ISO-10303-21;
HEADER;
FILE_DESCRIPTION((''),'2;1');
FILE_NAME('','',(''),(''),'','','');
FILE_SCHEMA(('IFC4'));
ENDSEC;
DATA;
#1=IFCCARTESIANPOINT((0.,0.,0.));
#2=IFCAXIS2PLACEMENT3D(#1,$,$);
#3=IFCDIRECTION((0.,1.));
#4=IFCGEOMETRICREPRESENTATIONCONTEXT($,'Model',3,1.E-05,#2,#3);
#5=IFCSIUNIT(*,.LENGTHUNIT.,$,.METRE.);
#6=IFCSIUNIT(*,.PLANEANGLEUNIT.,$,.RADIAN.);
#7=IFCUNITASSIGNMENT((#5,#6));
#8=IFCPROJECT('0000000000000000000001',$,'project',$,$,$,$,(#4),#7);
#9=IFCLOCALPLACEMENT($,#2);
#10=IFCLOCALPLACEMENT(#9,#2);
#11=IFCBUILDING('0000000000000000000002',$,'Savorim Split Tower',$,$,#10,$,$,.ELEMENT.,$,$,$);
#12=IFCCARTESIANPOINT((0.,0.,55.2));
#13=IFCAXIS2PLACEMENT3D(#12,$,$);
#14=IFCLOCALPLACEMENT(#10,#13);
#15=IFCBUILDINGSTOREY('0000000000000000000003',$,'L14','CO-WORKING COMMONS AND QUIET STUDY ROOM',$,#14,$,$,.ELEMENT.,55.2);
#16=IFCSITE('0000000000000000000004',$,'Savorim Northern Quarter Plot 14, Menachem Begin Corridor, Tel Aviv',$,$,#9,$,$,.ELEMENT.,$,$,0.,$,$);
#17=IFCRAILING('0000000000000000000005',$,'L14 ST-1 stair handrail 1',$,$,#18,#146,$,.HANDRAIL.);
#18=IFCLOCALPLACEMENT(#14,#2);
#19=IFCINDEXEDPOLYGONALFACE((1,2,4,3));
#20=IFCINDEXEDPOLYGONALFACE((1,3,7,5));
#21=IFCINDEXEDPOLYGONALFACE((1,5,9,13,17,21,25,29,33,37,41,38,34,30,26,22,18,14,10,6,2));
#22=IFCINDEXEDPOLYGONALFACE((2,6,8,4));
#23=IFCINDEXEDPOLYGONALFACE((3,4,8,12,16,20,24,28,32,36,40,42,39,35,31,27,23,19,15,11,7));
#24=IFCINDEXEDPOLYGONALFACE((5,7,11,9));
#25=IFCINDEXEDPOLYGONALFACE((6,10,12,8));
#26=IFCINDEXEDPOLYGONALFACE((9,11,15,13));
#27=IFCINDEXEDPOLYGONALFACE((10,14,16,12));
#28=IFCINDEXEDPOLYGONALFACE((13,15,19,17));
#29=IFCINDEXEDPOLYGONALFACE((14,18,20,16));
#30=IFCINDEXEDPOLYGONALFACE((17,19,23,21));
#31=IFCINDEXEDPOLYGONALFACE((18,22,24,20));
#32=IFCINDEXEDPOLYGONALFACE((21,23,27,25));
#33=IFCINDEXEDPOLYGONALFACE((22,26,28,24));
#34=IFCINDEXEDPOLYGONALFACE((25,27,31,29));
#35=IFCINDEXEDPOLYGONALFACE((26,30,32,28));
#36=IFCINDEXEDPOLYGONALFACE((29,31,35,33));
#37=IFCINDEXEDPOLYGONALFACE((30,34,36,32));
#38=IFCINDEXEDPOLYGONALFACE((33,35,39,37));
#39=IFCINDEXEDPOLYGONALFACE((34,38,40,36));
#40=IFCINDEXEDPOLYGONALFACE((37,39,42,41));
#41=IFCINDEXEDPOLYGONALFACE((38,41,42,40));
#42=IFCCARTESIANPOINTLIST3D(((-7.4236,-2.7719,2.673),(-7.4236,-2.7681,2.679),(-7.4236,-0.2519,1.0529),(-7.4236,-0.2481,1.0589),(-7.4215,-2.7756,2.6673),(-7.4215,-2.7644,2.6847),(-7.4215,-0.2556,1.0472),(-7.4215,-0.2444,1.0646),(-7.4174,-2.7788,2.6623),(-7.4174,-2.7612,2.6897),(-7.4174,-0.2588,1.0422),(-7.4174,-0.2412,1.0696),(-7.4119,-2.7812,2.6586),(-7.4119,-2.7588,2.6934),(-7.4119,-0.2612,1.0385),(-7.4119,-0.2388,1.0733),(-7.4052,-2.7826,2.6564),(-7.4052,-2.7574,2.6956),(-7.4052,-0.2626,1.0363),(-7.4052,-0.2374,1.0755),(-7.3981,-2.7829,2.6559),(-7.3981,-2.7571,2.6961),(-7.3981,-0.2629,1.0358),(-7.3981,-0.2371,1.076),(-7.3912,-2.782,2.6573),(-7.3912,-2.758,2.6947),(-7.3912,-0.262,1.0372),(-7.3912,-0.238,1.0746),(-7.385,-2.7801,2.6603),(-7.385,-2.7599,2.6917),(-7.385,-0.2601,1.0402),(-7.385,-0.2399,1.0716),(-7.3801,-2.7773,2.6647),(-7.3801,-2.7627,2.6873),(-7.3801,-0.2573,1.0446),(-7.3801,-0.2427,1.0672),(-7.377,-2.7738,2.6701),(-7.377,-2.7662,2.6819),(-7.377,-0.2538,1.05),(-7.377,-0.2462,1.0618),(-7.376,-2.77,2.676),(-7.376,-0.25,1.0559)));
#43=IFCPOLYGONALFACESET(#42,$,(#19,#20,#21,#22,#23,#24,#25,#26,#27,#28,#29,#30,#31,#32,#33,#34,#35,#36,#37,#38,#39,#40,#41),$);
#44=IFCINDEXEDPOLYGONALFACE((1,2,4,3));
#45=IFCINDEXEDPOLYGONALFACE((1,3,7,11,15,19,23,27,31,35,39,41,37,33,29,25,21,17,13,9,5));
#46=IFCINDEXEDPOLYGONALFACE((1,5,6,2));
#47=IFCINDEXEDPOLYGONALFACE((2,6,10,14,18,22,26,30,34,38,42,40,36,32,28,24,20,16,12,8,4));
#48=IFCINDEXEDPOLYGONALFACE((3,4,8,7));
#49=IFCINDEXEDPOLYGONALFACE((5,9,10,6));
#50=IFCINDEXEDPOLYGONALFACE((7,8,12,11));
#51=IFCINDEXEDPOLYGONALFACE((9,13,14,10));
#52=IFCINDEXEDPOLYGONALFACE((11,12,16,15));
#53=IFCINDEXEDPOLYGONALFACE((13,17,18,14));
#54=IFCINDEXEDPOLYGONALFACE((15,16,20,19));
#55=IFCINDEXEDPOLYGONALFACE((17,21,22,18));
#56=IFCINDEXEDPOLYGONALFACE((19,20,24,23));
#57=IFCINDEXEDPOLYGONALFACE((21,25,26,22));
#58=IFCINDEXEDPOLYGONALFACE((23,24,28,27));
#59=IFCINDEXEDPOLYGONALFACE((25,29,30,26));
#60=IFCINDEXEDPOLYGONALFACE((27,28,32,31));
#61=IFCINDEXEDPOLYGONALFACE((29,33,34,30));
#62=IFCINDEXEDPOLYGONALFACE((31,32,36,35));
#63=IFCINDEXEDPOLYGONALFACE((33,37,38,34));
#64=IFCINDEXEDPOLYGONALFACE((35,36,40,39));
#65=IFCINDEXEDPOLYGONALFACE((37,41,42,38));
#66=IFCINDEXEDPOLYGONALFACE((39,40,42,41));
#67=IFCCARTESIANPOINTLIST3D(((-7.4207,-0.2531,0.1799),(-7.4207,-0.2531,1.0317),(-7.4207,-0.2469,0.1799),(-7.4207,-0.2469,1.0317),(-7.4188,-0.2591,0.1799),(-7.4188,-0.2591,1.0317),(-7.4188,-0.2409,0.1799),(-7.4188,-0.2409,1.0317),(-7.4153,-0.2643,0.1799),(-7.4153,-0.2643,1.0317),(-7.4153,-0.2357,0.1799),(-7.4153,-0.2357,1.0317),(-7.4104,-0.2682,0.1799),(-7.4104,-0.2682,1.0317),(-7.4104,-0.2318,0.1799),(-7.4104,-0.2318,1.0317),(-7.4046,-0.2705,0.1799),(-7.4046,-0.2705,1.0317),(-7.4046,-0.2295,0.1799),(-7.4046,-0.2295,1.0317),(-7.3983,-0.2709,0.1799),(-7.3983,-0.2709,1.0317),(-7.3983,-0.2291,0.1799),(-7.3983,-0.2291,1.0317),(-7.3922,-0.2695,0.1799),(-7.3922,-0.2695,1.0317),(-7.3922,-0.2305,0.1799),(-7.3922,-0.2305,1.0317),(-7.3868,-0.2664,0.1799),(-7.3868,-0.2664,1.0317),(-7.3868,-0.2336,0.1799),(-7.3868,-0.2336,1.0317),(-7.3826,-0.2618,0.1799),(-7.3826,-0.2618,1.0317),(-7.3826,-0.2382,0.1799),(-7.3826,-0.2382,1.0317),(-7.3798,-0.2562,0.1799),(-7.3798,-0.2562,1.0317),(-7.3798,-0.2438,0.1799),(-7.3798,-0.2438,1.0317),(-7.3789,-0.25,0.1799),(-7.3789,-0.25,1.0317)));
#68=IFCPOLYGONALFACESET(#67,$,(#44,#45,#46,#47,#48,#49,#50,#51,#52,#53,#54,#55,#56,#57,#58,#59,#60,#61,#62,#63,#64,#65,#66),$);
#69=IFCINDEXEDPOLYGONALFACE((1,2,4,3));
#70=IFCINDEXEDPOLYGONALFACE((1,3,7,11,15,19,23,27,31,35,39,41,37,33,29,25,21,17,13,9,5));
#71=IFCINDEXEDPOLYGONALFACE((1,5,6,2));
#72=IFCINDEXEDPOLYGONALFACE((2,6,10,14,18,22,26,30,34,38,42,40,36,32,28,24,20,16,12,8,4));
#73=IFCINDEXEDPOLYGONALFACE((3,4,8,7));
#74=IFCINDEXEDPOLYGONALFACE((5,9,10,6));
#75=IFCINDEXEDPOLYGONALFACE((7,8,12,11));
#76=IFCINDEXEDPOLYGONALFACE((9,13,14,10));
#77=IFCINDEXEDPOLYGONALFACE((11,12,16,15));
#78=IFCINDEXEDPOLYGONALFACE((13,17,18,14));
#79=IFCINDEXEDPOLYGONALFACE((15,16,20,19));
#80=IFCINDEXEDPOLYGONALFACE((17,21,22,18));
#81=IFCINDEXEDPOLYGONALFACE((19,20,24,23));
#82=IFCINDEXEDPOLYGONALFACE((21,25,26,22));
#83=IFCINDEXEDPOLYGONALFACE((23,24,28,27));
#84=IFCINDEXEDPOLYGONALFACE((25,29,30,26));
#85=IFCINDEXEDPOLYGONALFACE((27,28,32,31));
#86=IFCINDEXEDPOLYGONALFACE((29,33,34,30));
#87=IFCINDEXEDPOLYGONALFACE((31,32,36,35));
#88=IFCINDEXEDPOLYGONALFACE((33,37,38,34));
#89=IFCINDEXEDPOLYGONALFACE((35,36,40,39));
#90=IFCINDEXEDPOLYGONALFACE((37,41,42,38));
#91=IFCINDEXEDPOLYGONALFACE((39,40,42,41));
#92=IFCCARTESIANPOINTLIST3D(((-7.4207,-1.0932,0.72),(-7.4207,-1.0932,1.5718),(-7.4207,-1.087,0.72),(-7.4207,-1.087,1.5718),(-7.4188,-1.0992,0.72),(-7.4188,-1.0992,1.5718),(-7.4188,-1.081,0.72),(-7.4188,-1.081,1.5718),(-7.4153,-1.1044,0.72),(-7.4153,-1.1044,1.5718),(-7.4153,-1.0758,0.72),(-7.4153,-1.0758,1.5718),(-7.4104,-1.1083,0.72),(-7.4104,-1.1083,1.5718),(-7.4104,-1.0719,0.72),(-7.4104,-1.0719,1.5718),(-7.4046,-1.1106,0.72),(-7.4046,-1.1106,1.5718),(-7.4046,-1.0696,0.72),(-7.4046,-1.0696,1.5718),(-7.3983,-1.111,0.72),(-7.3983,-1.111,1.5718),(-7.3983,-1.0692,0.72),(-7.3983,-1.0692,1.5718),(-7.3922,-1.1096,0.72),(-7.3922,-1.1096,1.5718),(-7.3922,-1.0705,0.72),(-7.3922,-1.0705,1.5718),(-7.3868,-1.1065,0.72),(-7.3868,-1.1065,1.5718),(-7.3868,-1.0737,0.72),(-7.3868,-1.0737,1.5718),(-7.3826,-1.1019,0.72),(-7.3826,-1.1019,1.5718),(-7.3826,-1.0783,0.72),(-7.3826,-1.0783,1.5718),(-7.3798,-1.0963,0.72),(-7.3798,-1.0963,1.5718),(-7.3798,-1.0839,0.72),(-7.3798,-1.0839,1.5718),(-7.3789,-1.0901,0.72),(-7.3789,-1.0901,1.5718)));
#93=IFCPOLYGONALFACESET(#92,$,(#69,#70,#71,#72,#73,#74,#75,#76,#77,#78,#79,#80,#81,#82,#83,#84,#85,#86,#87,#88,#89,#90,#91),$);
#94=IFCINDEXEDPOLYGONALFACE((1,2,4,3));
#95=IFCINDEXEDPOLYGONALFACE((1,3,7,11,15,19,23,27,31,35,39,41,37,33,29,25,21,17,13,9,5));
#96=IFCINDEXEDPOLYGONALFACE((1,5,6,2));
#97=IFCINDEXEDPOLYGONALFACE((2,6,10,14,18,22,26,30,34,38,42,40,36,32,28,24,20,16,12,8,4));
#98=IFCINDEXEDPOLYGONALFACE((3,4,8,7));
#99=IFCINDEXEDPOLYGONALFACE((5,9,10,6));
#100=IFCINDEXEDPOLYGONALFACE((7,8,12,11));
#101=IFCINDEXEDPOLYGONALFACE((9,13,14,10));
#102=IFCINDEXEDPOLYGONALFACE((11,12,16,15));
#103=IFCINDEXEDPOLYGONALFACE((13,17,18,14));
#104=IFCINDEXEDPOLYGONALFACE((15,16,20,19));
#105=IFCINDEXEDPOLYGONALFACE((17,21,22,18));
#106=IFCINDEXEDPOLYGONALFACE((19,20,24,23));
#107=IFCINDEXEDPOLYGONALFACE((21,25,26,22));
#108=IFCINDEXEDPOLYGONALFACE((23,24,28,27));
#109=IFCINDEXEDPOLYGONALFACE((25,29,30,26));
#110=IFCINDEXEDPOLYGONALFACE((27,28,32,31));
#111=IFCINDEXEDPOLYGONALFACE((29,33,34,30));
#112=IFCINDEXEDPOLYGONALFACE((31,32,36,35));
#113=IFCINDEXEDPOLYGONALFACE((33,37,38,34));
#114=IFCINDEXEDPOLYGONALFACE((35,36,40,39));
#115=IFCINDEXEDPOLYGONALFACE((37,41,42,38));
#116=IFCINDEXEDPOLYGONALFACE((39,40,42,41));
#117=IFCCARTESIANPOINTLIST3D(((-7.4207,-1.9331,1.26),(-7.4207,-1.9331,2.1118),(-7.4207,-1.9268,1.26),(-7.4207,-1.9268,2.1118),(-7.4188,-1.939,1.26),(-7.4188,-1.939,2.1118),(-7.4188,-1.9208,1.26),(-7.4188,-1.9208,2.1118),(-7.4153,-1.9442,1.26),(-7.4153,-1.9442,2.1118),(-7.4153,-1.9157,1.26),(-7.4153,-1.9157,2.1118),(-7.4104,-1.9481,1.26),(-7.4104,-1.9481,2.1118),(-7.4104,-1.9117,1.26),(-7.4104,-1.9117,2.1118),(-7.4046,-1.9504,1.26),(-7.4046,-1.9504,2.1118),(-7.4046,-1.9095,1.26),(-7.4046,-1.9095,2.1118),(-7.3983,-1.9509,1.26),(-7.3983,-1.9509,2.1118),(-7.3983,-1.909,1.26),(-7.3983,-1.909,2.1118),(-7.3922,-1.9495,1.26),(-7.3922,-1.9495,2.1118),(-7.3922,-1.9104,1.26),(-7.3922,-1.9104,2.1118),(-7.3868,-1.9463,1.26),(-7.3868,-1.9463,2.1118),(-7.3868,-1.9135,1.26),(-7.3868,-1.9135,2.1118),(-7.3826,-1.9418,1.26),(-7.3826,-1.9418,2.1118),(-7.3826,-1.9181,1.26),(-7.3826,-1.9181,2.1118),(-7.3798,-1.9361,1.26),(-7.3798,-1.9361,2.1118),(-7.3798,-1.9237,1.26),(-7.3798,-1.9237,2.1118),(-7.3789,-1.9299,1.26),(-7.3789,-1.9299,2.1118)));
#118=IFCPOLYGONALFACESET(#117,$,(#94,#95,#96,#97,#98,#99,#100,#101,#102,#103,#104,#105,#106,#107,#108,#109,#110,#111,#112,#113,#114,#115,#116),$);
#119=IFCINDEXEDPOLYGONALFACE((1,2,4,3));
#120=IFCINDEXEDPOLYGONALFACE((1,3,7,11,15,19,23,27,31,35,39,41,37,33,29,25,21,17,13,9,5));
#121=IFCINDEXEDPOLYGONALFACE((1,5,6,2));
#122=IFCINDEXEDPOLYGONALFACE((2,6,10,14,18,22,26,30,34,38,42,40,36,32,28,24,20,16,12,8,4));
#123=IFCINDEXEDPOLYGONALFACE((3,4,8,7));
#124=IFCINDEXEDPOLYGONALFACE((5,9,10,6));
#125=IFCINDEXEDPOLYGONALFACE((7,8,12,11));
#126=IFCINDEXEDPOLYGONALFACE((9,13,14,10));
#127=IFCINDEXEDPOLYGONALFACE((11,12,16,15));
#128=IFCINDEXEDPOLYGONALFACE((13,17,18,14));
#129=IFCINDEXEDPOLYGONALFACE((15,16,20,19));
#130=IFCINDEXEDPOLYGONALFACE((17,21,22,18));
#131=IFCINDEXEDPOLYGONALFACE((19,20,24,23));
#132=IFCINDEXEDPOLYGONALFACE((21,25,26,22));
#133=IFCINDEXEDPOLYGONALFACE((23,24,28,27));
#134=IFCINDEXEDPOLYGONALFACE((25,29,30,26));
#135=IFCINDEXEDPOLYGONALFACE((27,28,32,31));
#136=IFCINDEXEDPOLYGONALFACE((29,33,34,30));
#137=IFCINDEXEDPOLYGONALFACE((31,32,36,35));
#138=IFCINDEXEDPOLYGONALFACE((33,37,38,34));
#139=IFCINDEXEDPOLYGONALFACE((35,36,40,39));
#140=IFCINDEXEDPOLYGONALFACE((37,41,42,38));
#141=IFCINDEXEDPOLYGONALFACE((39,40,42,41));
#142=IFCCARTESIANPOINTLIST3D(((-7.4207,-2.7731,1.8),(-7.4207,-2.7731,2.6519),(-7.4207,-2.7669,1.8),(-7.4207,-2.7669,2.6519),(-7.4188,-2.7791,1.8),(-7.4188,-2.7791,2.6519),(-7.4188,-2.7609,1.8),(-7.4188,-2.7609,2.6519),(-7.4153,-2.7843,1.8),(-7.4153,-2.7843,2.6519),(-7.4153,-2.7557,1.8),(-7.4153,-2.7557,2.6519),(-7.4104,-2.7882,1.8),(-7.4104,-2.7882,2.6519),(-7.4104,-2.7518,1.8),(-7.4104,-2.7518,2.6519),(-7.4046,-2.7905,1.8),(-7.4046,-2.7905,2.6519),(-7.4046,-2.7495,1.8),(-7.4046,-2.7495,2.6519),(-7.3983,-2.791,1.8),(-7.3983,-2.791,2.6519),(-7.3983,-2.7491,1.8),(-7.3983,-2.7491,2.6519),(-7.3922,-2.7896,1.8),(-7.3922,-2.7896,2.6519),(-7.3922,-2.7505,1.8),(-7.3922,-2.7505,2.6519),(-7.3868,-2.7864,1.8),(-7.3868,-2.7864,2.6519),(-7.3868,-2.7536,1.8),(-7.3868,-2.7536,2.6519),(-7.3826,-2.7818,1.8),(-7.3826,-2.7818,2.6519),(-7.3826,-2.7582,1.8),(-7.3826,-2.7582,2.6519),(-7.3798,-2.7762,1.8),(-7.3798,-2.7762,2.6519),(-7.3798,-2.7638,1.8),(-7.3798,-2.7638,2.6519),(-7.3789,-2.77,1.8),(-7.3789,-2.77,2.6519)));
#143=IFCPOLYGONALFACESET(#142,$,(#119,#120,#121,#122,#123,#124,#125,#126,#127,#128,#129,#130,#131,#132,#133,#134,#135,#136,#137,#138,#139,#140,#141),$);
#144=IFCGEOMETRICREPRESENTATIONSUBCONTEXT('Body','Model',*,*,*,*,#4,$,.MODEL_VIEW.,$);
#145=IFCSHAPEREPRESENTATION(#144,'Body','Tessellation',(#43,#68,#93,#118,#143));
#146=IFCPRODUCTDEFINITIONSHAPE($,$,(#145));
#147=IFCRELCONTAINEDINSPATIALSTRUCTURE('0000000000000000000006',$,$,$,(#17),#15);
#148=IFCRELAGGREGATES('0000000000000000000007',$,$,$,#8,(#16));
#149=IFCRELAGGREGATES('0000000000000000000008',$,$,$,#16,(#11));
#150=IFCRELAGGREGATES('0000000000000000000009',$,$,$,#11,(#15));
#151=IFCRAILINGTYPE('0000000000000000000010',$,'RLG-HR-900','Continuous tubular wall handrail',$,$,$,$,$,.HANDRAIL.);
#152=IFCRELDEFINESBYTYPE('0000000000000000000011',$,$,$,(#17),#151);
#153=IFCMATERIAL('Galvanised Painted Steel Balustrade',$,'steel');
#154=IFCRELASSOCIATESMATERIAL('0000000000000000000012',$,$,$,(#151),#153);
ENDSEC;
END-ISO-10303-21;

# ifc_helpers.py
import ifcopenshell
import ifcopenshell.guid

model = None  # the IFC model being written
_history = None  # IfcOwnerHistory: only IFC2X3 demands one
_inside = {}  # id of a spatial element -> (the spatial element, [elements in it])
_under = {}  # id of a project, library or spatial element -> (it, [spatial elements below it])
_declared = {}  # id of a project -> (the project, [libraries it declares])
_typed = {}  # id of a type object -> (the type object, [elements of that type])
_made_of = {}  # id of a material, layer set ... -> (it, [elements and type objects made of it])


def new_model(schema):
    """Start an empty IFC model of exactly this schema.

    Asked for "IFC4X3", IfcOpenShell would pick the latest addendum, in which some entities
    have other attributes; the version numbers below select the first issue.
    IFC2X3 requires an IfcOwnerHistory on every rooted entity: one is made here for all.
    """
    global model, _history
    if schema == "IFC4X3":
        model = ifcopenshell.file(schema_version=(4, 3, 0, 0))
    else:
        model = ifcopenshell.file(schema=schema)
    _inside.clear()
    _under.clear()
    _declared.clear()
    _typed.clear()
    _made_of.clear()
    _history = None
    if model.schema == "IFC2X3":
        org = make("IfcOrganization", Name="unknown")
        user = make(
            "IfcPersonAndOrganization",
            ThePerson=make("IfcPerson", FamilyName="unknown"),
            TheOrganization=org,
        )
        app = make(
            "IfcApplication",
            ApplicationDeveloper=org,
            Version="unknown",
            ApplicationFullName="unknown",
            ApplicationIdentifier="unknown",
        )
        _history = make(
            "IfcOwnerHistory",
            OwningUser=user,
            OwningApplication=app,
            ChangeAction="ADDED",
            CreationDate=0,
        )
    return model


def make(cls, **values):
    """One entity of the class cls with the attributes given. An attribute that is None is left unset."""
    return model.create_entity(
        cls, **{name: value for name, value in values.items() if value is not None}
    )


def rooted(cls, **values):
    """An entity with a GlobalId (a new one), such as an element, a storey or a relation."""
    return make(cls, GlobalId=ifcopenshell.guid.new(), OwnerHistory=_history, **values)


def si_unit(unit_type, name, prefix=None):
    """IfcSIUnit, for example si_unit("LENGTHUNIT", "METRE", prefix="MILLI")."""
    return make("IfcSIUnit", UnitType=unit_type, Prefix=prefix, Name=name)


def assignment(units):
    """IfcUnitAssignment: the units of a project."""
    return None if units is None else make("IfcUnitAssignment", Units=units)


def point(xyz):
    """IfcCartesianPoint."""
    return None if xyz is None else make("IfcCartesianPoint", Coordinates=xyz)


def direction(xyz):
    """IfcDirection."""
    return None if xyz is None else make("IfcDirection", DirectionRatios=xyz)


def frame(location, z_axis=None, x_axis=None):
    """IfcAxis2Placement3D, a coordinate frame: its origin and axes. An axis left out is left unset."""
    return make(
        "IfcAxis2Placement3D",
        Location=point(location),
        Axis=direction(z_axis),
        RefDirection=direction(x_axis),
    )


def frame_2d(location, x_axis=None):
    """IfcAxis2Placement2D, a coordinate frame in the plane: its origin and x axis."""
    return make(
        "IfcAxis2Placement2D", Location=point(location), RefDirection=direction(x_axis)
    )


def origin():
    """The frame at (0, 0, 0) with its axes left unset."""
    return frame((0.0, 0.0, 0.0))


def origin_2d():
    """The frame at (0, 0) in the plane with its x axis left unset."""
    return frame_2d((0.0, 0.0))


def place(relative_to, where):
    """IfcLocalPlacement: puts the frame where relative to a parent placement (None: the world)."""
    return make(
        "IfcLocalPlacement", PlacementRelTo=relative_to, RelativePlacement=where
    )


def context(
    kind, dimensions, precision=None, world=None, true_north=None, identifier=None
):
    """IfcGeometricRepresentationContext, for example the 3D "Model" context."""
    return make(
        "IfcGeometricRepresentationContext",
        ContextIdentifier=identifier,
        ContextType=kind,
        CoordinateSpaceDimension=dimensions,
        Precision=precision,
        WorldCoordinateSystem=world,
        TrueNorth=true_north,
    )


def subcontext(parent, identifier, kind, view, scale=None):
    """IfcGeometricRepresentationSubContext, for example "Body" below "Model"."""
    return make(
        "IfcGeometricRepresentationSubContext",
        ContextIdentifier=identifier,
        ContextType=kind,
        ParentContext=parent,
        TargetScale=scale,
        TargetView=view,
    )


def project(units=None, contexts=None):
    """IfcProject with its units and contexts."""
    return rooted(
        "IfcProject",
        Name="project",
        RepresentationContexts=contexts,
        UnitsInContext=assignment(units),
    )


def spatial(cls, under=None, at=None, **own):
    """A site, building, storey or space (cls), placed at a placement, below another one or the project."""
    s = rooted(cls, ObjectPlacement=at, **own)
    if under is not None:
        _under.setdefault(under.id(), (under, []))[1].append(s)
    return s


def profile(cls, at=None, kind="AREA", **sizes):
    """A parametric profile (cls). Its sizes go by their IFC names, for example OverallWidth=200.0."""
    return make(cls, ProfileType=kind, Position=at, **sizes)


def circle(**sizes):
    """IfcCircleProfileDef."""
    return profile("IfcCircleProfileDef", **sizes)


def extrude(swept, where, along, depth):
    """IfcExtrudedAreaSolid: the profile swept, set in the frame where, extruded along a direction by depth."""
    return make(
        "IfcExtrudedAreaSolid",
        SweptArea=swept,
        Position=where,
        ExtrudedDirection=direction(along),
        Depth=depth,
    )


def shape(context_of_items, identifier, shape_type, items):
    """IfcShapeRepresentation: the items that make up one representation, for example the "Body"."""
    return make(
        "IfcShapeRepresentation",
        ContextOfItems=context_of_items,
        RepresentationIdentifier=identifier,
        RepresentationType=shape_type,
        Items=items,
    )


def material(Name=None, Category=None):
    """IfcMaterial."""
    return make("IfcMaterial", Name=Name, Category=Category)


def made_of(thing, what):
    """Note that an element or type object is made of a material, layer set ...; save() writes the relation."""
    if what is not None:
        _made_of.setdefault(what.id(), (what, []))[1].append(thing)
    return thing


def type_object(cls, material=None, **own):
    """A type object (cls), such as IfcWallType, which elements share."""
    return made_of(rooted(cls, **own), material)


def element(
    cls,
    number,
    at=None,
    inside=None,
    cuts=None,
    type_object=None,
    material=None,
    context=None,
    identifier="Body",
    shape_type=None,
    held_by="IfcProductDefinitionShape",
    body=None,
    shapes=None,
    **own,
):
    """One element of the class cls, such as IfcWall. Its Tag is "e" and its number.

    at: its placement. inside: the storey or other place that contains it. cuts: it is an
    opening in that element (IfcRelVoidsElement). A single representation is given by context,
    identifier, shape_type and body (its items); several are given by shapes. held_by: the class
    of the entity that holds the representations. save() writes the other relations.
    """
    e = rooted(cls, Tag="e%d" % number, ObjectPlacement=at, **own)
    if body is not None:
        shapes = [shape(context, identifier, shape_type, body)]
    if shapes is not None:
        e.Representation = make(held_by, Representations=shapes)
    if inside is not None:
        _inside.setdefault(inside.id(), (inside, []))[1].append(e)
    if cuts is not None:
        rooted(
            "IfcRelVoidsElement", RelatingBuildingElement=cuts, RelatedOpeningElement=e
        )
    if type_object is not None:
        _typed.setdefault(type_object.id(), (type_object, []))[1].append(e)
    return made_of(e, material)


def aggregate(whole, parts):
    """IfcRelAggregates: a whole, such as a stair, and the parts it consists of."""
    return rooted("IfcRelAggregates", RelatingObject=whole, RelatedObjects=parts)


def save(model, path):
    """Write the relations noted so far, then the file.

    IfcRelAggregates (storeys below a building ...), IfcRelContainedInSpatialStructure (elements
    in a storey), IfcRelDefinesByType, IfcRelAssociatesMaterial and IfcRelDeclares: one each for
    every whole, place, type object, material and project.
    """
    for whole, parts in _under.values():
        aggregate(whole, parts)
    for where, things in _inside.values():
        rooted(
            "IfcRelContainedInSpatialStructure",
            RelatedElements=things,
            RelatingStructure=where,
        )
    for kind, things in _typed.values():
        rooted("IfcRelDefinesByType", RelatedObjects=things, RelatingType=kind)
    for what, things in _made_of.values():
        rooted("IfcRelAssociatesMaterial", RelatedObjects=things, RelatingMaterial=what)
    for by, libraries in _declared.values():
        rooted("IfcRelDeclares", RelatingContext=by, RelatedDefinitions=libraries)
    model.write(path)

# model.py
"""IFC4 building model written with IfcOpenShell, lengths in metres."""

from ifc_helpers import new_model, si_unit, direction, frame, origin, origin_2d, place, context, subcontext, project, spatial, circle, extrude, material, type_object, element, save


model = new_model("IFC4")

# Units and contexts
model_context = context("Model", 3, precision=1e-05, world=origin(), true_north=direction((0.0, 1.0)))
body_context = subcontext(model_context, "Body", "Model", "MODEL_VIEW")
ifc_project = project(units=[si_unit("LENGTHUNIT", "METRE"), si_unit("PLANEANGLEUNIT", "RADIAN")], contexts=[model_context])

# Site, building, storey
site_placement = place(None, origin())
site = spatial("IfcSite", under=ifc_project, at=site_placement, Name="Savorim Northern Quarter Plot 14, Menachem Begin Corridor, Tel Aviv", CompositionType="ELEMENT", RefElevation=0.0)
building_placement = place(site_placement, origin())
building = spatial("IfcBuilding", under=site, at=building_placement, Name="Savorim Split Tower", CompositionType="ELEMENT")
storey_placement = place(building_placement, frame((0.0, 0.0, 55.2)))
storey = spatial("IfcBuildingStorey", under=building, at=storey_placement, Name="L14", Description="CO-WORKING COMMONS AND QUIET STUDY ROOM", CompositionType="ELEMENT", Elevation=55.2)

# Railing
ifc_material_1 = material(Name="Galvanised Painted Steel Balustrade", Category="steel")
railing_type_1 = type_object("IfcRailingType", Name="RLG-HR-900", Description="Continuous tubular wall handrail", PredefinedType="HANDRAIL", material=ifc_material_1)
railing_1_placement = place(storey_placement, frame((-7.3999, -0.25, 0.1799)))
element("IfcRailing", 1, at=railing_1_placement, inside=storey, type_object=railing_type_1, Name="L14 ST-1 stair handrail 1", PredefinedType="HANDRAIL", context=body_context, shape_type="SweptSolid", body=[
    extrude(circle(Radius=0.0239, at=origin_2d()), frame((0.0, 0.0, 0.876), z_axis=(0.0, -0.841163, 0.540782), x_axis=(1.0, 0.0, 0.0)), (0.0, 0.0, 1.0), 2.9958),
    extrude(circle(Radius=0.021, at=origin_2d()), origin(), (0.0, 0.0, 1.0), 0.8518),
    extrude(circle(Radius=0.021, at=origin_2d()), frame((0.0, -0.8401, 0.54)), (0.0, 0.0, 1.0), 0.8518),
    extrude(circle(Radius=0.021, at=origin_2d()), frame((0.0, -1.6799, 1.0801)), (0.0, 0.0, 1.0), 0.8518),
    extrude(circle(Radius=0.021, at=origin_2d()), frame((0.0, -2.52, 1.6201)), (0.0, 0.0, 1.0), 0.8518),
])

save(model, "model.ifc")
